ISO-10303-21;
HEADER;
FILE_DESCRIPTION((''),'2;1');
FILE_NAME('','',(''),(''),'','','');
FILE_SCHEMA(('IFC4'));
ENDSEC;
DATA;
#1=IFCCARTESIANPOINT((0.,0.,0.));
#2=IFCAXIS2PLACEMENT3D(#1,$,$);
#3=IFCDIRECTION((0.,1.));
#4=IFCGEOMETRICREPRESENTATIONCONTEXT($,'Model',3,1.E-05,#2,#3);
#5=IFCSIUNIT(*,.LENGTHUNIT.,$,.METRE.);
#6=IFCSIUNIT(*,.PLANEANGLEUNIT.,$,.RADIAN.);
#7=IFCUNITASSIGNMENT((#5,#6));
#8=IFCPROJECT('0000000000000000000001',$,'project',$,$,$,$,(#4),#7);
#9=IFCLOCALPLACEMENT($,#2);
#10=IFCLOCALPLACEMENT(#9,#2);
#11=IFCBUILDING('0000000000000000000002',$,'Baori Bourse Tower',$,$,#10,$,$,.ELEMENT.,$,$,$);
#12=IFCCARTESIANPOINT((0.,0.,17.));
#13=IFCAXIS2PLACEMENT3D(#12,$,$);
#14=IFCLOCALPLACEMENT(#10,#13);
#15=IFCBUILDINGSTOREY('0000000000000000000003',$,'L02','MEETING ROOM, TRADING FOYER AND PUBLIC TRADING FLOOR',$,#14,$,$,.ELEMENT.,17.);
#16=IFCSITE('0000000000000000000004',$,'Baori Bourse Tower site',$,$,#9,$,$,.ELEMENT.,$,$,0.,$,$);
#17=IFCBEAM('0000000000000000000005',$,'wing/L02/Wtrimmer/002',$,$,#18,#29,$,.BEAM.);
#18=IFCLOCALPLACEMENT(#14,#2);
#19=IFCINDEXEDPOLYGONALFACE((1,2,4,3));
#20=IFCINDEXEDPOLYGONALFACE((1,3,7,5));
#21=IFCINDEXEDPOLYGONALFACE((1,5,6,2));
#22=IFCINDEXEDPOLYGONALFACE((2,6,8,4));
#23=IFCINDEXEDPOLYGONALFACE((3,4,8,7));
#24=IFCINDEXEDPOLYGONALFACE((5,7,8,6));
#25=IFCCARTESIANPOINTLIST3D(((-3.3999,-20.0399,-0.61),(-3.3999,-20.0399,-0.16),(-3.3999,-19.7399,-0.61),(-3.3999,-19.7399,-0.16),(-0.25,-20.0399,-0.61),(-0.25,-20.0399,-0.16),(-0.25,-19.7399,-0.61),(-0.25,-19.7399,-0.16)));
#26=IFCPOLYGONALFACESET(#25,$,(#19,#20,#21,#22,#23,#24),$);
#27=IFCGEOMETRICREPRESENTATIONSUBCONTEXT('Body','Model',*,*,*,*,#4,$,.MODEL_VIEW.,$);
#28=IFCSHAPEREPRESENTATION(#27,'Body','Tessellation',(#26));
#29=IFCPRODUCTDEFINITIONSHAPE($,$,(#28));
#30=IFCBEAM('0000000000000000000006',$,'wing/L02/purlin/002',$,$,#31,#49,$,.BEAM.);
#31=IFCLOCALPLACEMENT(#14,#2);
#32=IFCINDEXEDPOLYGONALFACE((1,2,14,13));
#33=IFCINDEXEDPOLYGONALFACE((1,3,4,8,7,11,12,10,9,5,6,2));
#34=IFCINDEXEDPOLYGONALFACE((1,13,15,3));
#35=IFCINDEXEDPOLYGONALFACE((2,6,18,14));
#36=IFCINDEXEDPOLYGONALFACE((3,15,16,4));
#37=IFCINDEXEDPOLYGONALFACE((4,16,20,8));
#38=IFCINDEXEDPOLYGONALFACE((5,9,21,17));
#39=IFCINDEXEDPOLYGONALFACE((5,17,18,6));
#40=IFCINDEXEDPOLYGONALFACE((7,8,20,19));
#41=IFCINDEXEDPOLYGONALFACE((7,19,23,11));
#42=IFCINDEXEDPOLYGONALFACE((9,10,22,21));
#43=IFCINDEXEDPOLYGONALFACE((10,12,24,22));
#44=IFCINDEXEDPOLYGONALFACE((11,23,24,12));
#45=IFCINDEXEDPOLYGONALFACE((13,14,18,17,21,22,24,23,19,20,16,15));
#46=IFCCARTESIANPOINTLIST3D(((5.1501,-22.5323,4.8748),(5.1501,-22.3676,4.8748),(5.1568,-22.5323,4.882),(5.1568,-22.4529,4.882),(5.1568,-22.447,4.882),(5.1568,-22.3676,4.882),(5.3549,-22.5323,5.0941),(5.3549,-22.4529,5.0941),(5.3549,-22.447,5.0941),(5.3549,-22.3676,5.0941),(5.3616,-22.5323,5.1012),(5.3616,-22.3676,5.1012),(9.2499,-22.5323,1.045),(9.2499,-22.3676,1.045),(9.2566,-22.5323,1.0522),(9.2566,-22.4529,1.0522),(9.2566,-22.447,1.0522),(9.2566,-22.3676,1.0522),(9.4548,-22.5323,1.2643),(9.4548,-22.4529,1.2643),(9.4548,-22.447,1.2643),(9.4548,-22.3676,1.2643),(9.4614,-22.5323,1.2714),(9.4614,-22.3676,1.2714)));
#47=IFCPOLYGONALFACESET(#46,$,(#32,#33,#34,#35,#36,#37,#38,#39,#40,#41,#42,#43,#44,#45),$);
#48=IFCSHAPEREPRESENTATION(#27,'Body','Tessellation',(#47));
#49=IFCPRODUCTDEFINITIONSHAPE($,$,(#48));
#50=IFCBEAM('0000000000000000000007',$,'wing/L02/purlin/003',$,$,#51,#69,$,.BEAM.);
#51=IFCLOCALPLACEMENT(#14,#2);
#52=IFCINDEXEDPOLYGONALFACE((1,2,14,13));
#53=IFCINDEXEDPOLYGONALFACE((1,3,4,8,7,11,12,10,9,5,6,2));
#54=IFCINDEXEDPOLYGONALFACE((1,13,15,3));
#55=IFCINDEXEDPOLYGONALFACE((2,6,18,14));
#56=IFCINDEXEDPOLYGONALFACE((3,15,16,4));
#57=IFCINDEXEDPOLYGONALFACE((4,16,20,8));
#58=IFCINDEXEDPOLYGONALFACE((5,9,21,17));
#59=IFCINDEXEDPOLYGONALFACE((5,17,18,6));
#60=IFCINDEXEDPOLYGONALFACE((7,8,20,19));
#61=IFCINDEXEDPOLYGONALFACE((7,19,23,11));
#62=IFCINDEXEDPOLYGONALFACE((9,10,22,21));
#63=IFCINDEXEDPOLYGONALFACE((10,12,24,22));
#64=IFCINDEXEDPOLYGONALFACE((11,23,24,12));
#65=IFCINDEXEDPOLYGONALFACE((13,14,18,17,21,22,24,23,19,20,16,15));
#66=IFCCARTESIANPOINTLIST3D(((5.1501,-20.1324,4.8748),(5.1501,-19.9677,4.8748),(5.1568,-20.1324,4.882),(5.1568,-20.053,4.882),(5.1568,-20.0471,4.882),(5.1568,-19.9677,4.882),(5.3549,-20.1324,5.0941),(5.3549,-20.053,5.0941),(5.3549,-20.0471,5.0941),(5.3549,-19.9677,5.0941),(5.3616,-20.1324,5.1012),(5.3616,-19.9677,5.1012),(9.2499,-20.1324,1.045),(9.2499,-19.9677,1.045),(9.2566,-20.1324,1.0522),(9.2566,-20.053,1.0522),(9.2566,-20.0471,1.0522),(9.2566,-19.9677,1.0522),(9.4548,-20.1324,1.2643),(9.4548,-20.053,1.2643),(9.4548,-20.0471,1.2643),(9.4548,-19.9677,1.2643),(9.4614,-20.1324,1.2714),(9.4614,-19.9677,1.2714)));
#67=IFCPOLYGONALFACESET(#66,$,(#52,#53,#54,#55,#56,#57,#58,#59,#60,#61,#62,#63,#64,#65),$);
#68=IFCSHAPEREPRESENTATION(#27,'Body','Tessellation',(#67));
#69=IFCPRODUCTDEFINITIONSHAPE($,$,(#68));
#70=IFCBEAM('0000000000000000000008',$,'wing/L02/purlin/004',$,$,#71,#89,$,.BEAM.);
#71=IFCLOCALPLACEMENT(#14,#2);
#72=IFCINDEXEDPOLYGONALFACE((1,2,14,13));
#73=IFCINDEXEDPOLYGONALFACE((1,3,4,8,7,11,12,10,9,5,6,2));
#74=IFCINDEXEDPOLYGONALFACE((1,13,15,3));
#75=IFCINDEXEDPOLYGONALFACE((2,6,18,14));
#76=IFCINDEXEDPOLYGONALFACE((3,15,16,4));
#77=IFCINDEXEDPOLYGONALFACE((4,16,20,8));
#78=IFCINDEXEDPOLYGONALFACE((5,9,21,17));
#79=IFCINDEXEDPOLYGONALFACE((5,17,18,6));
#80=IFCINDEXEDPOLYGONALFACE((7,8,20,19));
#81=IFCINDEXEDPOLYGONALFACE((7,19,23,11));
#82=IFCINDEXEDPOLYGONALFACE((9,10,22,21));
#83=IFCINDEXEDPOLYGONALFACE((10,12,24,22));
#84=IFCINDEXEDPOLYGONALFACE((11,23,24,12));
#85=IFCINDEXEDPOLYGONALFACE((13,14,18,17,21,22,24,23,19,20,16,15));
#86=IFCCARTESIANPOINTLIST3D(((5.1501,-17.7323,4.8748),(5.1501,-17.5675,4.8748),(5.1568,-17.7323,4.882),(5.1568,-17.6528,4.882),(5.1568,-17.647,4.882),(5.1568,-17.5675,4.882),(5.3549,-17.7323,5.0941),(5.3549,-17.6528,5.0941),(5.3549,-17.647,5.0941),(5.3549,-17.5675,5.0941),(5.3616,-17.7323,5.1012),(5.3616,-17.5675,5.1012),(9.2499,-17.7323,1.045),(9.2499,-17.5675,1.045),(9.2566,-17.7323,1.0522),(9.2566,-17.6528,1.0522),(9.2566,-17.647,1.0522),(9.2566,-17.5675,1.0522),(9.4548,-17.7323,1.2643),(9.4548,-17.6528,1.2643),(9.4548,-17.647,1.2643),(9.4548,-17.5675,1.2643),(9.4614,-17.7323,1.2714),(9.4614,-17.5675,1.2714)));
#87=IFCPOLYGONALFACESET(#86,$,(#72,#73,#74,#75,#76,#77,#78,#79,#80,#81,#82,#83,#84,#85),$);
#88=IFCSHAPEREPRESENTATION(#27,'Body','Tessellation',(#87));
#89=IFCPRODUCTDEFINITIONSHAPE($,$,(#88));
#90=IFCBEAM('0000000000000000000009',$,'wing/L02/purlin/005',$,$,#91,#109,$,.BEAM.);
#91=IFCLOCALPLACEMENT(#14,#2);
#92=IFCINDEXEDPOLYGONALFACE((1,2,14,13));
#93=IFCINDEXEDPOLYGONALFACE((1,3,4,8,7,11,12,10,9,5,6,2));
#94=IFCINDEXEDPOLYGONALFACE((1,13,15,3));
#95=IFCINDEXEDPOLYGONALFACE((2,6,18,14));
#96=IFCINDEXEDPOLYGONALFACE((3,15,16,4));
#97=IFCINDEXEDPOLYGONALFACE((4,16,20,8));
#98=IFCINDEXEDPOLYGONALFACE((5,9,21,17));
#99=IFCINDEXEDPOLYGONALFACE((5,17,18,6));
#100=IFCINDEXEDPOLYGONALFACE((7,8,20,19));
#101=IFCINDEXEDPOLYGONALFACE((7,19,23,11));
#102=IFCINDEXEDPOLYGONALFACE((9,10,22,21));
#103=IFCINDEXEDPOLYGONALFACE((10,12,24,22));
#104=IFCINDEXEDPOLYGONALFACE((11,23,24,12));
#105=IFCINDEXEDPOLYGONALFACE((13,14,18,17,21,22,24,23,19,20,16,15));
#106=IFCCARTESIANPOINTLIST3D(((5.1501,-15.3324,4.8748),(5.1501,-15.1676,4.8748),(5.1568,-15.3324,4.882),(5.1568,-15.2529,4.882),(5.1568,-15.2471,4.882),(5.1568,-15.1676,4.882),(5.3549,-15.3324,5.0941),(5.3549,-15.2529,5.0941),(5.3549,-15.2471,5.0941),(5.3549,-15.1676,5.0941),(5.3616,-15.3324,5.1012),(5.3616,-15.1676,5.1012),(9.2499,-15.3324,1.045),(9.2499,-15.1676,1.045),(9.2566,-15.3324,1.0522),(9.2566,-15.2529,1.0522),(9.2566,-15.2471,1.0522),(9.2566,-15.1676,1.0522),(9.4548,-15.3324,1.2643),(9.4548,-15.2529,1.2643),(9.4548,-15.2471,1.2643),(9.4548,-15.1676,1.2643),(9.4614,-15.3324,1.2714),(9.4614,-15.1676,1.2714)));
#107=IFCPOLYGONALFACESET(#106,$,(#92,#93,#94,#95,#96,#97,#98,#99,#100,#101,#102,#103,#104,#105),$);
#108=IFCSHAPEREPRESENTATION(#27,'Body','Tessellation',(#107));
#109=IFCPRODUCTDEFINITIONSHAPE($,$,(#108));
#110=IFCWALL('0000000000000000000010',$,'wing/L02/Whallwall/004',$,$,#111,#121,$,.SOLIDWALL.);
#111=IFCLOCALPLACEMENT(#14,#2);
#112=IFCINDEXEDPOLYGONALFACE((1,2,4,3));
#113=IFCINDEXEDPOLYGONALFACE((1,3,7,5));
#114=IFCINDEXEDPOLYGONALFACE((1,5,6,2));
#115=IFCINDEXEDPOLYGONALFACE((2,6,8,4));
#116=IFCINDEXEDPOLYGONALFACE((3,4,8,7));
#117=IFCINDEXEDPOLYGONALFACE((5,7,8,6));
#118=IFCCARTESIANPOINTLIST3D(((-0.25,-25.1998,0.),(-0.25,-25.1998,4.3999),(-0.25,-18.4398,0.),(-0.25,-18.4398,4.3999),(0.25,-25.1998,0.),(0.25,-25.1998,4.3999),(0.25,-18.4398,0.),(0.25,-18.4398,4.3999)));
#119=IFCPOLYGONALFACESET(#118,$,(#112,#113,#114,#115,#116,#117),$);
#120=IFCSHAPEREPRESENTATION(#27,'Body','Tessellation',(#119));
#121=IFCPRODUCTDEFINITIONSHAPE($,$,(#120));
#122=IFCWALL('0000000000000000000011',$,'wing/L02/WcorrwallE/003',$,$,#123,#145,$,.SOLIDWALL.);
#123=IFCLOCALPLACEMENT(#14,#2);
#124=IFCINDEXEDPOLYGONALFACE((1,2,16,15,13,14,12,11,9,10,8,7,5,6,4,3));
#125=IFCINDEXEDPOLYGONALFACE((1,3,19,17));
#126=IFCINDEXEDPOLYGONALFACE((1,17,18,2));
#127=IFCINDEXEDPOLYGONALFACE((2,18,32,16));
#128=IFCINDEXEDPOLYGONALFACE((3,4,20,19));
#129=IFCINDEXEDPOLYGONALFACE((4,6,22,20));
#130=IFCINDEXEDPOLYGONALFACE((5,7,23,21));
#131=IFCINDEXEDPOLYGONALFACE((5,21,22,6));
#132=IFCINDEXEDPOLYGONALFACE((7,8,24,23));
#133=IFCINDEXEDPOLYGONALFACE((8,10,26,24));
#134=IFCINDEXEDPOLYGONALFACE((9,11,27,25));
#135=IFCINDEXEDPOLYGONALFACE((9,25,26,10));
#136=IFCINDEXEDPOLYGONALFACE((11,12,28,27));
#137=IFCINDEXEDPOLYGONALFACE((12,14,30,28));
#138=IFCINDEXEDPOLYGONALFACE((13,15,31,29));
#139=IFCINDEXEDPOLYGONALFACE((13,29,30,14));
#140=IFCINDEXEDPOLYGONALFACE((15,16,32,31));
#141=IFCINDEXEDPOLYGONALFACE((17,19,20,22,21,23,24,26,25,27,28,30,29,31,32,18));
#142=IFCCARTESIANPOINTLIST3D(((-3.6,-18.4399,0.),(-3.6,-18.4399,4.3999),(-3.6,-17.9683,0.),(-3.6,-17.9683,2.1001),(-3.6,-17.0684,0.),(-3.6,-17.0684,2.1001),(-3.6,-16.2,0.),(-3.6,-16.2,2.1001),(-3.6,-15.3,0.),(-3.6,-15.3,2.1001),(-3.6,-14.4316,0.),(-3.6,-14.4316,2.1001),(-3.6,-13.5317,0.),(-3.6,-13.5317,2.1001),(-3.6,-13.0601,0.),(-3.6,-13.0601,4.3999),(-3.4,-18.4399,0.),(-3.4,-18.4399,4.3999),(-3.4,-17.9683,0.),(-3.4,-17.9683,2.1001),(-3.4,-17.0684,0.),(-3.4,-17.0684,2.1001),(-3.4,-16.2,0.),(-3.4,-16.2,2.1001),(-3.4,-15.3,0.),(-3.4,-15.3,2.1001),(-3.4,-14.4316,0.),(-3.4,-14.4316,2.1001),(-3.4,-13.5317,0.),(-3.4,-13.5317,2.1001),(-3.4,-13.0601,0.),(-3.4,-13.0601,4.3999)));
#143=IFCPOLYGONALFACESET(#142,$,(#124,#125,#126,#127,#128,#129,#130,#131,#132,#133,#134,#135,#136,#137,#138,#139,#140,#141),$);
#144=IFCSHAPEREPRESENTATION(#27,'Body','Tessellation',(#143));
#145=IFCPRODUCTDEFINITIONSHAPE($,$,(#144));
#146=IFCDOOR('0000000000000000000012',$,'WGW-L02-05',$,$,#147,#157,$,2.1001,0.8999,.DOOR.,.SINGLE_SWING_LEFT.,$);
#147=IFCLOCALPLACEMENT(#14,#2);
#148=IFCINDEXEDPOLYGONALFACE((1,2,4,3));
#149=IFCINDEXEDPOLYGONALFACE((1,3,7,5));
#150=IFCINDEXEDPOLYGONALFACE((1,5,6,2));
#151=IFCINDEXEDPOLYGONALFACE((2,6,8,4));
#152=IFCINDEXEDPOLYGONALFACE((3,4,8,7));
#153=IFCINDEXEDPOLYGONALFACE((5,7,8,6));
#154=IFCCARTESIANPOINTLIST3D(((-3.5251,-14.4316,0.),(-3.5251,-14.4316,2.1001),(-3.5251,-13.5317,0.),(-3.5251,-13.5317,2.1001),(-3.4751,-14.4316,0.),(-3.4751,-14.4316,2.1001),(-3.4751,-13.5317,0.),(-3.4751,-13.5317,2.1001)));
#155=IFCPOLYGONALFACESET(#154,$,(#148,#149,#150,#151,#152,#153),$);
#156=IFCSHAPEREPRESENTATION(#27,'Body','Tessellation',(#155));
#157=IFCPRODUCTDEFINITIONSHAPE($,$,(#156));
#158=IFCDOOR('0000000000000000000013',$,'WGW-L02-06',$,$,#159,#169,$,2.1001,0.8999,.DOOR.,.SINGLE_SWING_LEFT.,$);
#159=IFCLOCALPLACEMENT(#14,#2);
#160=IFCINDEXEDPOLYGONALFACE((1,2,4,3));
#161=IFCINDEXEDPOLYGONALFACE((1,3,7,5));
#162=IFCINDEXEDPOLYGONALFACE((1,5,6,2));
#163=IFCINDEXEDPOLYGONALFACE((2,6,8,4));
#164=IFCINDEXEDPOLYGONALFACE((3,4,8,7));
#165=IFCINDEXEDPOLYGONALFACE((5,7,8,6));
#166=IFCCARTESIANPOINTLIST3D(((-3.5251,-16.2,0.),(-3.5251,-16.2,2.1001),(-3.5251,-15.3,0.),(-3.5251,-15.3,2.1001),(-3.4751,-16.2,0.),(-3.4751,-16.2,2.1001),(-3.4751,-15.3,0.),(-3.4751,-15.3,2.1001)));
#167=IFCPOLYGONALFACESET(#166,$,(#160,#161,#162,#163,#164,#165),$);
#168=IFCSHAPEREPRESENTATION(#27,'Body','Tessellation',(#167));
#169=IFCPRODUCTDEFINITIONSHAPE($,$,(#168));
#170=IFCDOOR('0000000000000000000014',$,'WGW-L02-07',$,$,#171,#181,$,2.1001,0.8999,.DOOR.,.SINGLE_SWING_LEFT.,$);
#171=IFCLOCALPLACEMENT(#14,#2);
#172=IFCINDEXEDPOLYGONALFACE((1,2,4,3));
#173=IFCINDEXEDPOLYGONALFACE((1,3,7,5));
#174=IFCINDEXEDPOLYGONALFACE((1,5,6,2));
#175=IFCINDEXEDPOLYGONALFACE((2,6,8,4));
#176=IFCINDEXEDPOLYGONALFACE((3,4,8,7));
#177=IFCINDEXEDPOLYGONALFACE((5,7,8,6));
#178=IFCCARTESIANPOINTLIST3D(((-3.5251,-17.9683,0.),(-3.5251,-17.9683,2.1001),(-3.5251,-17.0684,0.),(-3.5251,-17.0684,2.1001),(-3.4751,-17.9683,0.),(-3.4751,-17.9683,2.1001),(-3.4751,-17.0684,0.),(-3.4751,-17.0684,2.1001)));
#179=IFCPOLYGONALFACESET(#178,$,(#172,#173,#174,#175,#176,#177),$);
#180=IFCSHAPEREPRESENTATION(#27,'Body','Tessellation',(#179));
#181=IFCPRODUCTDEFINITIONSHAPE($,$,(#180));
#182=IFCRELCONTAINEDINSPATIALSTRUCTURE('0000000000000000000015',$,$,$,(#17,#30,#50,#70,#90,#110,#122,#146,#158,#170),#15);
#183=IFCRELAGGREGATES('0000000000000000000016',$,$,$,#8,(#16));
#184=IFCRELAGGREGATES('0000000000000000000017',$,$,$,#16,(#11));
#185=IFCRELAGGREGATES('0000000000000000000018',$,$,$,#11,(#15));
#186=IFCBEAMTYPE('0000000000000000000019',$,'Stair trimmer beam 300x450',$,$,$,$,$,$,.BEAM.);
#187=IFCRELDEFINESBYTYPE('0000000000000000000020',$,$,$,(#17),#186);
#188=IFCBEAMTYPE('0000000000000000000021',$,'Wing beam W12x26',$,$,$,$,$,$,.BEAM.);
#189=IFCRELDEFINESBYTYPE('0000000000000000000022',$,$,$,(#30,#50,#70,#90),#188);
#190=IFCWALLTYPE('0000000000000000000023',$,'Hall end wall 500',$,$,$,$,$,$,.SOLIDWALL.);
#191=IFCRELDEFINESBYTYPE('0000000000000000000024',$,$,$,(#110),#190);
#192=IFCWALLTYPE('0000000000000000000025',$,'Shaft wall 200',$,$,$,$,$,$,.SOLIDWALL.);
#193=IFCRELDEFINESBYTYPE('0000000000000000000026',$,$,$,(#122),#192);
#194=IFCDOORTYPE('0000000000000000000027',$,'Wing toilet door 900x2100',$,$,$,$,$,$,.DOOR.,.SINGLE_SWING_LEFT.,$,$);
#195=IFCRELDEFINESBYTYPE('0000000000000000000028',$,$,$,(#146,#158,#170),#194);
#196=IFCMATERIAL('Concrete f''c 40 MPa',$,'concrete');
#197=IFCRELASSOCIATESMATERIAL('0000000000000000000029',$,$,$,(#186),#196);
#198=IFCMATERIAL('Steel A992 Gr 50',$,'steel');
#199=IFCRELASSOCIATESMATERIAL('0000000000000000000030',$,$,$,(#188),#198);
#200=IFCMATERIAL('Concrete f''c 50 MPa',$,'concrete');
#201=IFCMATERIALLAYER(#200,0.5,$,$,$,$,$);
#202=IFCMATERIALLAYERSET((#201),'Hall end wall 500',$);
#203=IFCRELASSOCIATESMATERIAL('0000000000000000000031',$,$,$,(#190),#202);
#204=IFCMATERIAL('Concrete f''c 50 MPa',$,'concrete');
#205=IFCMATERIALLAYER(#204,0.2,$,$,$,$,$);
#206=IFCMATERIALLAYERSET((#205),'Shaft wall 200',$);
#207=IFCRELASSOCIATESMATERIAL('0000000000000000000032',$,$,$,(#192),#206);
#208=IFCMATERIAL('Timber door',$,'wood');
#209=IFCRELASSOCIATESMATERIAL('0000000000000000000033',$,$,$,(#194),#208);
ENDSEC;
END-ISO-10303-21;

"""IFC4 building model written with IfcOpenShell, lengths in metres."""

from ifc_helpers import new_model, si_unit, direction, frame, frame_2d, origin, origin_2d, place, context, subcontext, project, spatial, rectangle, i_section, extrude, material, layer, layer_set, material_profile, profile_set, type_object, element, fill, save


model = new_model("IFC4")

# Units and contexts
model_context = context("Model", 3, precision=1e-05, world=origin(), true_north=direction((0.0, 1.0)))
body_context = subcontext(model_context, "Body", "Model", "MODEL_VIEW")
ifc_project = project(units=[si_unit("LENGTHUNIT", "METRE"), si_unit("PLANEANGLEUNIT", "RADIAN")], contexts=[model_context])

# Site, building, storey
site_placement = place(None, origin())
site = spatial("IfcSite", under=ifc_project, at=site_placement, Name="Baori Bourse Tower site", CompositionType="ELEMENT", RefElevation=0.0)
building_placement = place(site_placement, origin())
building = spatial("IfcBuilding", under=site, at=building_placement, Name="Baori Bourse Tower", CompositionType="ELEMENT")
storey_placement = place(building_placement, frame((0.0, 0.0, 17.0)))
storey = spatial("IfcBuildingStorey", under=building, at=storey_placement, Name="L02", Description="MEETING ROOM, TRADING FOYER AND PUBLIC TRADING FLOOR", CompositionType="ELEMENT", Elevation=17.0)

# Beams
ifc_material_1 = material(Name="Concrete f'c 40 MPa", Category="concrete")
ifc_material_profile_1 = material_profile(ifc_material_1, rectangle(XDim=0.3, YDim=0.45, at=origin_2d()), Name="Stair trimmer beam 300x450")
ifc_profile_set_1 = profile_set([ifc_material_profile_1], Name="Concrete f'c 40 MPa")
beam_type_1 = type_object("IfcBeamType", Name="Stair trimmer beam 300x450", PredefinedType="BEAM", material=ifc_profile_set_1)
beam_placement = place(storey_placement, frame((-3.3999, -19.8899, -0.385), z_axis=(1.0, 0.0, 0.0), x_axis=(0.0, 1.0, 0.0)))
element("IfcBeam", 1, at=beam_placement, inside=storey, type_object=beam_type_1, Name="wing/L02/Wtrimmer/002", PredefinedType="BEAM", context=body_context, shape_type="SweptSolid", body=[
    extrude(rectangle(XDim=0.3, YDim=0.45, at=origin_2d()), origin(), (0.0, 0.0, 1.0), 3.1499),
])
ifc_material_2 = material(Name="Steel A992 Gr 50", Category="steel")
ifc_material_profile_2 = material_profile(ifc_material_2, i_section(OverallWidth=0.1648, OverallDepth=0.3098, WebThickness=0.0059, FlangeThickness=0.0098, at=origin_2d()), Name="W12x26")
ifc_profile_set_2 = profile_set([ifc_material_profile_2], Name="Steel A992 Gr 50")
beam_type_2 = type_object("IfcBeamType", Name="Wing beam W12x26", PredefinedType="BEAM", material=ifc_profile_set_2)
for number, where, z_axis, x_axis, name in (
    (2, (5.2559, -22.45, 4.988), (0.730761, 0.0, -0.682633), (0.0, 1.0, 0.0), "wing/L02/purlin/002"),
    (3, (5.2559, -20.05, 4.988), (0.730761, 0.0, -0.682633), (0.0, 1.0, 0.0), "wing/L02/purlin/003"),
    (4, (5.2559, -17.6499, 4.988), (0.730761, 0.0, -0.682633), (0.0, 1.0, 0.0), "wing/L02/purlin/004"),
    (5, (5.2559, -15.25, 4.988), (0.730761, 0.0, -0.682633), (0.0, 1.0, 0.0), "wing/L02/purlin/005"),
):
    element("IfcBeam", number, at=place(storey_placement, frame(where, z_axis=z_axis, x_axis=x_axis)), inside=storey, type_object=beam_type_2, Name=name, PredefinedType="BEAM", context=body_context, shape_type="SweptSolid", body=[
        extrude(i_section(OverallWidth=0.1648, OverallDepth=0.3098, WebThickness=0.0059, FlangeThickness=0.0098, at=origin_2d()), origin(), (0.0, 0.0, 1.0), 5.6104),
    ])

# Wall
ifc_material_3 = material(Name="Concrete f'c 50 MPa", Category="concrete")
ifc_layer_1 = layer(ifc_material_3, 0.5)
ifc_layer_set_1 = layer_set([ifc_layer_1], Name="Hall end wall 500")
wall_type_1 = type_object("IfcWallType", Name="Hall end wall 500", PredefinedType="SOLIDWALL", material=ifc_layer_set_1)
wall_1_placement = place(storey_placement, frame((0.0, -18.4399, 0.0), z_axis=(0.0, 0.0, 1.0), x_axis=(0.0, -1.0, 0.0)))
element("IfcWall", 6, at=wall_1_placement, inside=storey, type_object=wall_type_1, Name="wing/L02/Whallwall/004", PredefinedType="SOLIDWALL", context=body_context, shape_type="SweptSolid", body=[
    extrude(rectangle(XDim=6.76, YDim=0.5, at=frame_2d((3.3799, 0.0))), origin(), (0.0, 0.0, 1.0), 4.3999),
])

# Wall, openings, doors
ifc_material_4 = material(Name="Concrete f'c 50 MPa", Category="concrete")
ifc_layer_2 = layer(ifc_material_4, 0.2)
ifc_layer_set_2 = layer_set([ifc_layer_2], Name="Shaft wall 200")
wall_type_2 = type_object("IfcWallType", Name="Shaft wall 200", PredefinedType="SOLIDWALL", material=ifc_layer_set_2)
wall_2_placement = place(storey_placement, frame((-3.5, -13.0601, 0.0), z_axis=(0.0, 0.0, 1.0), x_axis=(0.0, -1.0, 0.0)))
wall_2 = element("IfcWall", 7, at=wall_2_placement, inside=storey, type_object=wall_type_2, Name="wing/L02/WcorrwallE/003", PredefinedType="SOLIDWALL", context=body_context, shape_type="SweptSolid", body=[
    extrude(rectangle(XDim=5.3799, YDim=0.2, at=frame_2d((2.6899, 0.0))), origin(), (0.0, 0.0, 1.0), 4.3999),
])
opening_1_placement = place(wall_2_placement, frame((0.4717, 0.0, 0.0)))
opening_1 = element("IfcOpeningElement", 8, at=opening_1_placement, cuts=wall_2, PredefinedType="OPENING", context=body_context, shape_type="SweptSolid", body=[
    extrude(rectangle(XDim=0.8999, YDim=2.1001, at=frame_2d((0.45, 1.05))), frame((0.0, 0.1099, 0.0), z_axis=(0.0, -1.0, 0.0), x_axis=(1.0, 0.0, 0.0)), (0.0, 0.0, 1.0), 0.22),
])
opening_2_placement = place(wall_2_placement, frame((2.24, 0.0, 0.0)))
opening_2 = element("IfcOpeningElement", 9, at=opening_2_placement, cuts=wall_2, PredefinedType="OPENING", context=body_context, shape_type="SweptSolid", body=[
    extrude(rectangle(XDim=0.8999, YDim=2.1001, at=frame_2d((0.45, 1.05))), frame((0.0, 0.1099, 0.0), z_axis=(0.0, -1.0, 0.0), x_axis=(1.0, 0.0, 0.0)), (0.0, 0.0, 1.0), 0.22),
])
opening_3_placement = place(wall_2_placement, frame((4.0083, 0.0, 0.0)))
opening_3 = element("IfcOpeningElement", 10, at=opening_3_placement, cuts=wall_2, PredefinedType="OPENING", context=body_context, shape_type="SweptSolid", body=[
    extrude(rectangle(XDim=0.8999, YDim=2.1001, at=frame_2d((0.45, 1.05))), frame((0.0, 0.1099, 0.0), z_axis=(0.0, -1.0, 0.0), x_axis=(1.0, 0.0, 0.0)), (0.0, 0.0, 1.0), 0.22),
])
ifc_material_5 = material(Name="Timber door", Category="wood")
door_type_1 = type_object("IfcDoorType", Name="Wing toilet door 900x2100", OperationType="SINGLE_SWING_LEFT", PredefinedType="DOOR", material=ifc_material_5)
door_1_placement = place(opening_1_placement, origin())
door_1 = element("IfcDoor", 11, at=door_1_placement, inside=storey, type_object=door_type_1, Name="WGW-L02-05", OperationType="SINGLE_SWING_LEFT", OverallHeight=2.1001, OverallWidth=0.8999, PredefinedType="DOOR", context=body_context, shape_type="SweptSolid", body=[
    extrude(rectangle(XDim=0.8999, YDim=2.1001, at=frame_2d((0.45, 1.05))), frame((0.0, 0.0249, 0.0), z_axis=(0.0, -1.0, 0.0), x_axis=(1.0, 0.0, 0.0)), (0.0, 0.0, 1.0), 0.05),
])
fill(opening_1, door_1)
door_2_placement = place(opening_2_placement, origin())
door_2 = element("IfcDoor", 12, at=door_2_placement, inside=storey, type_object=door_type_1, Name="WGW-L02-06", OperationType="SINGLE_SWING_LEFT", OverallHeight=2.1001, OverallWidth=0.8999, PredefinedType="DOOR", context=body_context, shape_type="SweptSolid", body=[
    extrude(rectangle(XDim=0.8999, YDim=2.1001, at=frame_2d((0.45, 1.05))), frame((0.0, 0.0249, 0.0), z_axis=(0.0, -1.0, 0.0), x_axis=(1.0, 0.0, 0.0)), (0.0, 0.0, 1.0), 0.05),
])
fill(opening_2, door_2)
door_3_placement = place(opening_3_placement, origin())
door_3 = element("IfcDoor", 13, at=door_3_placement, inside=storey, type_object=door_type_1, Name="WGW-L02-07", OperationType="SINGLE_SWING_LEFT", OverallHeight=2.1001, OverallWidth=0.8999, PredefinedType="DOOR", context=body_context, shape_type="SweptSolid", body=[
    extrude(rectangle(XDim=0.8999, YDim=2.1001, at=frame_2d((0.45, 1.05))), frame((0.0, 0.0249, 0.0), z_axis=(0.0, -1.0, 0.0), x_axis=(1.0, 0.0, 0.0)), (0.0, 0.0, 1.0), 0.05),
])
fill(opening_3, door_3)

save(model, "model.ifc")
